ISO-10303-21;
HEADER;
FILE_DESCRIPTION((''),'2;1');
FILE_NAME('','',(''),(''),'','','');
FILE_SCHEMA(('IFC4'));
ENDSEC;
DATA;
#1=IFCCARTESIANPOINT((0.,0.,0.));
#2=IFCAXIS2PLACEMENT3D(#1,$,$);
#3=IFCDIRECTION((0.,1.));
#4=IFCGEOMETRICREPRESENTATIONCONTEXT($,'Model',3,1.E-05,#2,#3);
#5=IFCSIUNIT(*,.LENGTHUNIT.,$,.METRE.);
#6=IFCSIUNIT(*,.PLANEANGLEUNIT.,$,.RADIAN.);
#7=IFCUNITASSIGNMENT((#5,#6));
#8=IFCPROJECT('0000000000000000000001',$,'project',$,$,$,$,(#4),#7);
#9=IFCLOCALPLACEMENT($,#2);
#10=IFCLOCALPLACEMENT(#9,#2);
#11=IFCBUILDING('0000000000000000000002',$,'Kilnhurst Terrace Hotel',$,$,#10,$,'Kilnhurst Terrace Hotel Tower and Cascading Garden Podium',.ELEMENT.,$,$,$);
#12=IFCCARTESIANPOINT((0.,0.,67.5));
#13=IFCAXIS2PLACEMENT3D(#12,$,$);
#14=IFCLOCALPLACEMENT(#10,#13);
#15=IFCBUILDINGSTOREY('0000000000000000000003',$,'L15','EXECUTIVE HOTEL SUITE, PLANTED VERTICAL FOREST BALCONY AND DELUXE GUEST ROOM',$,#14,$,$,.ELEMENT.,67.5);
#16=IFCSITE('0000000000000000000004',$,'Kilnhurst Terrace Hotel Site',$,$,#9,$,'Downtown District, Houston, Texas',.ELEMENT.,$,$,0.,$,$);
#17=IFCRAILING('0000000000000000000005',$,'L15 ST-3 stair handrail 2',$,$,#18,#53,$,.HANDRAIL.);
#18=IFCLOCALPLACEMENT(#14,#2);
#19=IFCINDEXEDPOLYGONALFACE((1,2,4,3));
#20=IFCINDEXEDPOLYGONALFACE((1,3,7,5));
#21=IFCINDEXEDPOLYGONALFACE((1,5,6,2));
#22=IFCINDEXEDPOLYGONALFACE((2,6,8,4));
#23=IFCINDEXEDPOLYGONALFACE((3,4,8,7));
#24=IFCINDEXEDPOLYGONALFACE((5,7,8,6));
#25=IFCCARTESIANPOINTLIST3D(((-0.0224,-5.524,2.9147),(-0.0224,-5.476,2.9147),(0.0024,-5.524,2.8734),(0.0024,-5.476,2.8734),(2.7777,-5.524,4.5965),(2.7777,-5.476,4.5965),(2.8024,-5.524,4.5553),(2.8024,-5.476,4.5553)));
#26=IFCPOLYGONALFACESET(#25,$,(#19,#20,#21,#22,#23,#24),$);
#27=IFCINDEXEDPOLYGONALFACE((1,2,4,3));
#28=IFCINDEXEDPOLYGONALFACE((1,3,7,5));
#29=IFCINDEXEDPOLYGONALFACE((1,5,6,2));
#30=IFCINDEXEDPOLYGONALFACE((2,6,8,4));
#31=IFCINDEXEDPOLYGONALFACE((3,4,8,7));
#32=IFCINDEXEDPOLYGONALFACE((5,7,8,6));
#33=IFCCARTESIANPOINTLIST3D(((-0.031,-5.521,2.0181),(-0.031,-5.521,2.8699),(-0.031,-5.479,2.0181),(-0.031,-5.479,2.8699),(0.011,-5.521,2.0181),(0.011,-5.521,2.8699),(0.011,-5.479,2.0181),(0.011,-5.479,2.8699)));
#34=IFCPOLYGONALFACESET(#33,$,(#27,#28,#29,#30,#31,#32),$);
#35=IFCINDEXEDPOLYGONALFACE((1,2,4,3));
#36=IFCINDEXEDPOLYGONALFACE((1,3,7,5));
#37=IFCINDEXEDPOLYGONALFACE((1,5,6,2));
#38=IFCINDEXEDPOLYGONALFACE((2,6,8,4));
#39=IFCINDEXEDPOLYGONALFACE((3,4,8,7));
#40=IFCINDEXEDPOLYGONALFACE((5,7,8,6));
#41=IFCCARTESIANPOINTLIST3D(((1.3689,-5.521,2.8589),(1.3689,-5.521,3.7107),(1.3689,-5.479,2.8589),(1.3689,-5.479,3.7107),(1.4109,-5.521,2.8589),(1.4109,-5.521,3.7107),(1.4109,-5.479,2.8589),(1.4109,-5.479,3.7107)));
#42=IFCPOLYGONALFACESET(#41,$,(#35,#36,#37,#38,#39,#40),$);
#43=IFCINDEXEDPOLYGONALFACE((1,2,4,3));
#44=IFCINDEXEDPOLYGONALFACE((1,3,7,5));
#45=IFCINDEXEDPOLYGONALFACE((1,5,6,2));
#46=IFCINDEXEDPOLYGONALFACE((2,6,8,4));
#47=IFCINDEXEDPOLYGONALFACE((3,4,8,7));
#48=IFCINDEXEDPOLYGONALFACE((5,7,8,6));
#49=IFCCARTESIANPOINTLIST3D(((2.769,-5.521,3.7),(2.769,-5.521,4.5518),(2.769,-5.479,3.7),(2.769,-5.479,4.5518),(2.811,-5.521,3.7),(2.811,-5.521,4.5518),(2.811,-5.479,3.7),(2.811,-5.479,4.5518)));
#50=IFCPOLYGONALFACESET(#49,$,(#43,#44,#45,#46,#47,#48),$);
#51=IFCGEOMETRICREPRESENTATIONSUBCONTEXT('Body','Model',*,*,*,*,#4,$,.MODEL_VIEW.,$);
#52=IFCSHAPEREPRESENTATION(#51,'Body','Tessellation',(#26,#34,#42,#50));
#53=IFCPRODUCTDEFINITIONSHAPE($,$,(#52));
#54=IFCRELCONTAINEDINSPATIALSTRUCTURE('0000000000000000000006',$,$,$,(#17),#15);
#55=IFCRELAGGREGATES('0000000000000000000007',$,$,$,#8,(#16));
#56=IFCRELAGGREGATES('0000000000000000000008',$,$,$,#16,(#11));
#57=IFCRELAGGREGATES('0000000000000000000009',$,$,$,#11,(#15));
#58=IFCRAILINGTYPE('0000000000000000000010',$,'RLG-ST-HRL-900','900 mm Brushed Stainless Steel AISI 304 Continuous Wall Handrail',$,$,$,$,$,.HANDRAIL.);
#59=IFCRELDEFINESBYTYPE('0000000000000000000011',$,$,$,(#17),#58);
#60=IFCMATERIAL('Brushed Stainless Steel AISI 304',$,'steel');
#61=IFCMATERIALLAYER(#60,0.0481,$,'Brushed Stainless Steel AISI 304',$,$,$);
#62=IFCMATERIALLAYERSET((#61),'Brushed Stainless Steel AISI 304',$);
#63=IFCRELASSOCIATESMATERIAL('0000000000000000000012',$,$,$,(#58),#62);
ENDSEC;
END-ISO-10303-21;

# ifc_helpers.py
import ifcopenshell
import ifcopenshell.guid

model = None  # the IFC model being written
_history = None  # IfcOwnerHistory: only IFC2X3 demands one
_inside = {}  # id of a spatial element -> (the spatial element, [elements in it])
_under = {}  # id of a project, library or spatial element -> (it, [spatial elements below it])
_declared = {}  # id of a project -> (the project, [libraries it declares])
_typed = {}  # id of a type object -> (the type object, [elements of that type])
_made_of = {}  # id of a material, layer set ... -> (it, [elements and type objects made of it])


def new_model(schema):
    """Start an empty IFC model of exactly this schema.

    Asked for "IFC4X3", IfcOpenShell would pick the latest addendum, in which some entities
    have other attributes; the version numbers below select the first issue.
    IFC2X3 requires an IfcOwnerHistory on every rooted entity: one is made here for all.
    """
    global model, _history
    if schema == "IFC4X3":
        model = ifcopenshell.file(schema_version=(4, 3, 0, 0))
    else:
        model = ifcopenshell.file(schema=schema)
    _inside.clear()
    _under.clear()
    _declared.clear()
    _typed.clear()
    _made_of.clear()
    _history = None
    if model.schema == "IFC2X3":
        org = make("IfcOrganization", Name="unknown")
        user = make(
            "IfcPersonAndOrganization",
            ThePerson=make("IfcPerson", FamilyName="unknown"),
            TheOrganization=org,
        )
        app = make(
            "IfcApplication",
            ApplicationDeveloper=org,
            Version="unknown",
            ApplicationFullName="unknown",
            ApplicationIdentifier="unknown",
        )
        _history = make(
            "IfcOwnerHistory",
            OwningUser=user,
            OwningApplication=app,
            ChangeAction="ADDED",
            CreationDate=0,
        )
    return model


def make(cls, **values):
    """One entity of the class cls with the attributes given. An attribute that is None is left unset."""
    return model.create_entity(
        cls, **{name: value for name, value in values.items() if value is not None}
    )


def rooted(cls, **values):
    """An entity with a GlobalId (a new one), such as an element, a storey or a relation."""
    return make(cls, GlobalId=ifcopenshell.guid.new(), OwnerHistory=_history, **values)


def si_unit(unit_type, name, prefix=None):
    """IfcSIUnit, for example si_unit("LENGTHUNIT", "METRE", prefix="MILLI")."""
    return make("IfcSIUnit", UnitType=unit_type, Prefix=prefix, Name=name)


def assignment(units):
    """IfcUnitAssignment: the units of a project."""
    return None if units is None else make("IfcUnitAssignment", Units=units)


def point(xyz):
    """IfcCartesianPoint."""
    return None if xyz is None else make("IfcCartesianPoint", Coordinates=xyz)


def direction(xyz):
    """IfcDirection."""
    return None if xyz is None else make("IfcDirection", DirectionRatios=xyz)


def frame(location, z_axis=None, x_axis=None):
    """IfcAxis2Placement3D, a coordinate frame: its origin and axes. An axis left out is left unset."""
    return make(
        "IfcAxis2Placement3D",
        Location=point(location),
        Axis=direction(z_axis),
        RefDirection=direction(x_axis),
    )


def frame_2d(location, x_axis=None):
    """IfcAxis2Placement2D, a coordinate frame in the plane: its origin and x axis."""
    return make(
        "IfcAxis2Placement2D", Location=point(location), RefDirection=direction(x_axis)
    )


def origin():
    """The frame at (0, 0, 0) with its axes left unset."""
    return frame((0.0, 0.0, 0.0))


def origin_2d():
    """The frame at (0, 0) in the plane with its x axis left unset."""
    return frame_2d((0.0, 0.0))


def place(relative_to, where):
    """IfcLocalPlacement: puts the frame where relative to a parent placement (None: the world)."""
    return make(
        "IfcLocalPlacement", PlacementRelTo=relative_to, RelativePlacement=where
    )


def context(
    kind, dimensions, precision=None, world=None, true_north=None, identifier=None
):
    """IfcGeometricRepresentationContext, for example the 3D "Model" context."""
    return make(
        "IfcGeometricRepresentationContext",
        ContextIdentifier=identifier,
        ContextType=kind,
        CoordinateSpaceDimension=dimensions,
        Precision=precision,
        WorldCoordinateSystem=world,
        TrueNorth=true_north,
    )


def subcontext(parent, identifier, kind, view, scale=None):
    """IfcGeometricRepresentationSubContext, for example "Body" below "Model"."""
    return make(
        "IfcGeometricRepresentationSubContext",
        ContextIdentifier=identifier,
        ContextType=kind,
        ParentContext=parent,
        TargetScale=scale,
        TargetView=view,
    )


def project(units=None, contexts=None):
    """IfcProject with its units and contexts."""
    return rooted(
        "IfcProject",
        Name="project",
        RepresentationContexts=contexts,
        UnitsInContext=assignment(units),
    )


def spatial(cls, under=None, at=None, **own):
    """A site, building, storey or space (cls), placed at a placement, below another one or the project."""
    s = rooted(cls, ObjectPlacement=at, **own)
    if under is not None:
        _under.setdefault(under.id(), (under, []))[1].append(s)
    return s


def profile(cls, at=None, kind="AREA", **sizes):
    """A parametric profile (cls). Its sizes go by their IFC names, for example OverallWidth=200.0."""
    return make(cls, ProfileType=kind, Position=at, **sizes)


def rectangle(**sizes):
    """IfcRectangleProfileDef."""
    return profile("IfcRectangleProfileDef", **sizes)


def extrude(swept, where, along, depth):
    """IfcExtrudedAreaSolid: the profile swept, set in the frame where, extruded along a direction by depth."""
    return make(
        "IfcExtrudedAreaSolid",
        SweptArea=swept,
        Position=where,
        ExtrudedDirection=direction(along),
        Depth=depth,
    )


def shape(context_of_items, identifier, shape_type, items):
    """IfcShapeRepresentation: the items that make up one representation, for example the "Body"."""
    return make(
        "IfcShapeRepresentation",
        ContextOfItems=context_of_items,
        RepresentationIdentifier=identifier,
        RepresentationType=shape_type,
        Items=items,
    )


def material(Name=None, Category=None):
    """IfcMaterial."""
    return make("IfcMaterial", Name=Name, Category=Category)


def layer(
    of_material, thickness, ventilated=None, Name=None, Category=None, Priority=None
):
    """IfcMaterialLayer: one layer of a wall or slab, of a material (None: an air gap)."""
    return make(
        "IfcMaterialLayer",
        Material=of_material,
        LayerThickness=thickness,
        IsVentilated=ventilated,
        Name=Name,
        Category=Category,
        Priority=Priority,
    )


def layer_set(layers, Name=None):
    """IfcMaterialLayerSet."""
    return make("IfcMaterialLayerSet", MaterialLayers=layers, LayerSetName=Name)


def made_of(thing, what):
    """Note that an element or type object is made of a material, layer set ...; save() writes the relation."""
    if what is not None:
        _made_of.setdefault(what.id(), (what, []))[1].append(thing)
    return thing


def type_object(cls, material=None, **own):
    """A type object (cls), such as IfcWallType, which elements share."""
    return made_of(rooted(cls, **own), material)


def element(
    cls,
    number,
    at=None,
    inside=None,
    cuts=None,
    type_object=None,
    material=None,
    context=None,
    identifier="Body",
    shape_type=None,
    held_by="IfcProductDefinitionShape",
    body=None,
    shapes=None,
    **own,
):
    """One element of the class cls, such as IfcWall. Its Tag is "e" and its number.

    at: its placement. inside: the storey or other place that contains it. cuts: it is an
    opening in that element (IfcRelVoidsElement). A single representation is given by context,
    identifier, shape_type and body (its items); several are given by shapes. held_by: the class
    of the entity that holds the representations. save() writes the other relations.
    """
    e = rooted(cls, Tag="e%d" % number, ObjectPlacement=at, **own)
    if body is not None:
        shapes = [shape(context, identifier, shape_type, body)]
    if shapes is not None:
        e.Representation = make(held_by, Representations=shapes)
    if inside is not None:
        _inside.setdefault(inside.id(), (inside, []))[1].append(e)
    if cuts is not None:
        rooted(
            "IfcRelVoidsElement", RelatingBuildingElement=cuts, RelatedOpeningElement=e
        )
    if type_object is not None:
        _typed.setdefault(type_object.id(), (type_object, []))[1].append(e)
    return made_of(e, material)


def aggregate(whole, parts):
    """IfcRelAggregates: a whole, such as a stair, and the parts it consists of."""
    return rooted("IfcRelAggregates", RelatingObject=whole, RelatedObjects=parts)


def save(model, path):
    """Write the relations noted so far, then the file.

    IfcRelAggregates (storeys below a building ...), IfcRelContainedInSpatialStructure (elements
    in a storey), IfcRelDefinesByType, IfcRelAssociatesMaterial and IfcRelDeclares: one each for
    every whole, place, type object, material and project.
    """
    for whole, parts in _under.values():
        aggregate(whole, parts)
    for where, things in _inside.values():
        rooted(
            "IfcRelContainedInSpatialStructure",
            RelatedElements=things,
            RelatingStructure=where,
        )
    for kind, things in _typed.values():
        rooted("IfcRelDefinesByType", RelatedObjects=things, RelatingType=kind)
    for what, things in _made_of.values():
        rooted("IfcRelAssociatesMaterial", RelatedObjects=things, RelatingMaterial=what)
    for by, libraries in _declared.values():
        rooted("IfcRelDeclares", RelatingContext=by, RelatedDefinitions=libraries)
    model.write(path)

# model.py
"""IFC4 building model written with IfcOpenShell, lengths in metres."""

from ifc_helpers import new_model, si_unit, direction, frame, origin, origin_2d, place, context, subcontext, project, spatial, rectangle, extrude, material, layer, layer_set, type_object, element, save


model = new_model("IFC4")

# Units and contexts
model_context = context("Model", 3, precision=1e-05, world=origin(), true_north=direction((0.0, 1.0)))
body_context = subcontext(model_context, "Body", "Model", "MODEL_VIEW")
ifc_project = project(units=[si_unit("LENGTHUNIT", "METRE"), si_unit("PLANEANGLEUNIT", "RADIAN")], contexts=[model_context])

# Site, building, storey
site_placement = place(None, origin())
site = spatial("IfcSite", under=ifc_project, at=site_placement, Name="Kilnhurst Terrace Hotel Site", LongName="Downtown District, Houston, Texas", CompositionType="ELEMENT", RefElevation=0.0)
building_placement = place(site_placement, origin())
building = spatial("IfcBuilding", under=site, at=building_placement, Name="Kilnhurst Terrace Hotel", LongName="Kilnhurst Terrace Hotel Tower and Cascading Garden Podium", CompositionType="ELEMENT")
storey_placement = place(building_placement, frame((0.0, 0.0, 67.5)))
storey = spatial("IfcBuildingStorey", under=building, at=storey_placement, Name="L15", Description="EXECUTIVE HOTEL SUITE, PLANTED VERTICAL FOREST BALCONY AND DELUXE GUEST ROOM", CompositionType="ELEMENT", Elevation=67.5)

# Railing
ifc_material_1 = material(Name="Brushed Stainless Steel AISI 304", Category="steel")
ifc_layer_1 = layer(ifc_material_1, 0.0481, Name="Brushed Stainless Steel AISI 304")
ifc_layer_set_1 = layer_set([ifc_layer_1], Name="Brushed Stainless Steel AISI 304")
railing_type_1 = type_object("IfcRailingType", Name="RLG-ST-HRL-900", Description="900 mm Brushed Stainless Steel AISI 304 Continuous Wall Handrail", PredefinedType="HANDRAIL", material=ifc_layer_set_1)
railing_1_placement = place(storey_placement, frame((-0.01, -5.5, 2.0181)))
element("IfcRailing", 1, at=railing_1_placement, inside=storey, type_object=railing_type_1, Name="L15 ST-3 stair handrail 2", PredefinedType="HANDRAIL", context=body_context, shape_type="SweptSolid", body=[
    extrude(rectangle(XDim=0.0481, YDim=0.0481, at=origin_2d()), frame((0.0, 0.0, 0.876), z_axis=(0.857242, 0.0, 0.514913), x_axis=(0.0, 1.0, 0.0)), (0.0, 0.0, 1.0), 3.2664),
    extrude(rectangle(XDim=0.042, YDim=0.042, at=origin_2d()), origin(), (0.0, 0.0, 1.0), 0.8518),
    extrude(rectangle(XDim=0.042, YDim=0.042, at=origin_2d()), frame((1.3999, 0.0, 0.8408)), (0.0, 0.0, 1.0), 0.8518),
    extrude(rectangle(XDim=0.042, YDim=0.042, at=origin_2d()), frame((2.8, 0.0, 1.6819)), (0.0, 0.0, 1.0), 0.8518),
])

save(model, "model.ifc")
